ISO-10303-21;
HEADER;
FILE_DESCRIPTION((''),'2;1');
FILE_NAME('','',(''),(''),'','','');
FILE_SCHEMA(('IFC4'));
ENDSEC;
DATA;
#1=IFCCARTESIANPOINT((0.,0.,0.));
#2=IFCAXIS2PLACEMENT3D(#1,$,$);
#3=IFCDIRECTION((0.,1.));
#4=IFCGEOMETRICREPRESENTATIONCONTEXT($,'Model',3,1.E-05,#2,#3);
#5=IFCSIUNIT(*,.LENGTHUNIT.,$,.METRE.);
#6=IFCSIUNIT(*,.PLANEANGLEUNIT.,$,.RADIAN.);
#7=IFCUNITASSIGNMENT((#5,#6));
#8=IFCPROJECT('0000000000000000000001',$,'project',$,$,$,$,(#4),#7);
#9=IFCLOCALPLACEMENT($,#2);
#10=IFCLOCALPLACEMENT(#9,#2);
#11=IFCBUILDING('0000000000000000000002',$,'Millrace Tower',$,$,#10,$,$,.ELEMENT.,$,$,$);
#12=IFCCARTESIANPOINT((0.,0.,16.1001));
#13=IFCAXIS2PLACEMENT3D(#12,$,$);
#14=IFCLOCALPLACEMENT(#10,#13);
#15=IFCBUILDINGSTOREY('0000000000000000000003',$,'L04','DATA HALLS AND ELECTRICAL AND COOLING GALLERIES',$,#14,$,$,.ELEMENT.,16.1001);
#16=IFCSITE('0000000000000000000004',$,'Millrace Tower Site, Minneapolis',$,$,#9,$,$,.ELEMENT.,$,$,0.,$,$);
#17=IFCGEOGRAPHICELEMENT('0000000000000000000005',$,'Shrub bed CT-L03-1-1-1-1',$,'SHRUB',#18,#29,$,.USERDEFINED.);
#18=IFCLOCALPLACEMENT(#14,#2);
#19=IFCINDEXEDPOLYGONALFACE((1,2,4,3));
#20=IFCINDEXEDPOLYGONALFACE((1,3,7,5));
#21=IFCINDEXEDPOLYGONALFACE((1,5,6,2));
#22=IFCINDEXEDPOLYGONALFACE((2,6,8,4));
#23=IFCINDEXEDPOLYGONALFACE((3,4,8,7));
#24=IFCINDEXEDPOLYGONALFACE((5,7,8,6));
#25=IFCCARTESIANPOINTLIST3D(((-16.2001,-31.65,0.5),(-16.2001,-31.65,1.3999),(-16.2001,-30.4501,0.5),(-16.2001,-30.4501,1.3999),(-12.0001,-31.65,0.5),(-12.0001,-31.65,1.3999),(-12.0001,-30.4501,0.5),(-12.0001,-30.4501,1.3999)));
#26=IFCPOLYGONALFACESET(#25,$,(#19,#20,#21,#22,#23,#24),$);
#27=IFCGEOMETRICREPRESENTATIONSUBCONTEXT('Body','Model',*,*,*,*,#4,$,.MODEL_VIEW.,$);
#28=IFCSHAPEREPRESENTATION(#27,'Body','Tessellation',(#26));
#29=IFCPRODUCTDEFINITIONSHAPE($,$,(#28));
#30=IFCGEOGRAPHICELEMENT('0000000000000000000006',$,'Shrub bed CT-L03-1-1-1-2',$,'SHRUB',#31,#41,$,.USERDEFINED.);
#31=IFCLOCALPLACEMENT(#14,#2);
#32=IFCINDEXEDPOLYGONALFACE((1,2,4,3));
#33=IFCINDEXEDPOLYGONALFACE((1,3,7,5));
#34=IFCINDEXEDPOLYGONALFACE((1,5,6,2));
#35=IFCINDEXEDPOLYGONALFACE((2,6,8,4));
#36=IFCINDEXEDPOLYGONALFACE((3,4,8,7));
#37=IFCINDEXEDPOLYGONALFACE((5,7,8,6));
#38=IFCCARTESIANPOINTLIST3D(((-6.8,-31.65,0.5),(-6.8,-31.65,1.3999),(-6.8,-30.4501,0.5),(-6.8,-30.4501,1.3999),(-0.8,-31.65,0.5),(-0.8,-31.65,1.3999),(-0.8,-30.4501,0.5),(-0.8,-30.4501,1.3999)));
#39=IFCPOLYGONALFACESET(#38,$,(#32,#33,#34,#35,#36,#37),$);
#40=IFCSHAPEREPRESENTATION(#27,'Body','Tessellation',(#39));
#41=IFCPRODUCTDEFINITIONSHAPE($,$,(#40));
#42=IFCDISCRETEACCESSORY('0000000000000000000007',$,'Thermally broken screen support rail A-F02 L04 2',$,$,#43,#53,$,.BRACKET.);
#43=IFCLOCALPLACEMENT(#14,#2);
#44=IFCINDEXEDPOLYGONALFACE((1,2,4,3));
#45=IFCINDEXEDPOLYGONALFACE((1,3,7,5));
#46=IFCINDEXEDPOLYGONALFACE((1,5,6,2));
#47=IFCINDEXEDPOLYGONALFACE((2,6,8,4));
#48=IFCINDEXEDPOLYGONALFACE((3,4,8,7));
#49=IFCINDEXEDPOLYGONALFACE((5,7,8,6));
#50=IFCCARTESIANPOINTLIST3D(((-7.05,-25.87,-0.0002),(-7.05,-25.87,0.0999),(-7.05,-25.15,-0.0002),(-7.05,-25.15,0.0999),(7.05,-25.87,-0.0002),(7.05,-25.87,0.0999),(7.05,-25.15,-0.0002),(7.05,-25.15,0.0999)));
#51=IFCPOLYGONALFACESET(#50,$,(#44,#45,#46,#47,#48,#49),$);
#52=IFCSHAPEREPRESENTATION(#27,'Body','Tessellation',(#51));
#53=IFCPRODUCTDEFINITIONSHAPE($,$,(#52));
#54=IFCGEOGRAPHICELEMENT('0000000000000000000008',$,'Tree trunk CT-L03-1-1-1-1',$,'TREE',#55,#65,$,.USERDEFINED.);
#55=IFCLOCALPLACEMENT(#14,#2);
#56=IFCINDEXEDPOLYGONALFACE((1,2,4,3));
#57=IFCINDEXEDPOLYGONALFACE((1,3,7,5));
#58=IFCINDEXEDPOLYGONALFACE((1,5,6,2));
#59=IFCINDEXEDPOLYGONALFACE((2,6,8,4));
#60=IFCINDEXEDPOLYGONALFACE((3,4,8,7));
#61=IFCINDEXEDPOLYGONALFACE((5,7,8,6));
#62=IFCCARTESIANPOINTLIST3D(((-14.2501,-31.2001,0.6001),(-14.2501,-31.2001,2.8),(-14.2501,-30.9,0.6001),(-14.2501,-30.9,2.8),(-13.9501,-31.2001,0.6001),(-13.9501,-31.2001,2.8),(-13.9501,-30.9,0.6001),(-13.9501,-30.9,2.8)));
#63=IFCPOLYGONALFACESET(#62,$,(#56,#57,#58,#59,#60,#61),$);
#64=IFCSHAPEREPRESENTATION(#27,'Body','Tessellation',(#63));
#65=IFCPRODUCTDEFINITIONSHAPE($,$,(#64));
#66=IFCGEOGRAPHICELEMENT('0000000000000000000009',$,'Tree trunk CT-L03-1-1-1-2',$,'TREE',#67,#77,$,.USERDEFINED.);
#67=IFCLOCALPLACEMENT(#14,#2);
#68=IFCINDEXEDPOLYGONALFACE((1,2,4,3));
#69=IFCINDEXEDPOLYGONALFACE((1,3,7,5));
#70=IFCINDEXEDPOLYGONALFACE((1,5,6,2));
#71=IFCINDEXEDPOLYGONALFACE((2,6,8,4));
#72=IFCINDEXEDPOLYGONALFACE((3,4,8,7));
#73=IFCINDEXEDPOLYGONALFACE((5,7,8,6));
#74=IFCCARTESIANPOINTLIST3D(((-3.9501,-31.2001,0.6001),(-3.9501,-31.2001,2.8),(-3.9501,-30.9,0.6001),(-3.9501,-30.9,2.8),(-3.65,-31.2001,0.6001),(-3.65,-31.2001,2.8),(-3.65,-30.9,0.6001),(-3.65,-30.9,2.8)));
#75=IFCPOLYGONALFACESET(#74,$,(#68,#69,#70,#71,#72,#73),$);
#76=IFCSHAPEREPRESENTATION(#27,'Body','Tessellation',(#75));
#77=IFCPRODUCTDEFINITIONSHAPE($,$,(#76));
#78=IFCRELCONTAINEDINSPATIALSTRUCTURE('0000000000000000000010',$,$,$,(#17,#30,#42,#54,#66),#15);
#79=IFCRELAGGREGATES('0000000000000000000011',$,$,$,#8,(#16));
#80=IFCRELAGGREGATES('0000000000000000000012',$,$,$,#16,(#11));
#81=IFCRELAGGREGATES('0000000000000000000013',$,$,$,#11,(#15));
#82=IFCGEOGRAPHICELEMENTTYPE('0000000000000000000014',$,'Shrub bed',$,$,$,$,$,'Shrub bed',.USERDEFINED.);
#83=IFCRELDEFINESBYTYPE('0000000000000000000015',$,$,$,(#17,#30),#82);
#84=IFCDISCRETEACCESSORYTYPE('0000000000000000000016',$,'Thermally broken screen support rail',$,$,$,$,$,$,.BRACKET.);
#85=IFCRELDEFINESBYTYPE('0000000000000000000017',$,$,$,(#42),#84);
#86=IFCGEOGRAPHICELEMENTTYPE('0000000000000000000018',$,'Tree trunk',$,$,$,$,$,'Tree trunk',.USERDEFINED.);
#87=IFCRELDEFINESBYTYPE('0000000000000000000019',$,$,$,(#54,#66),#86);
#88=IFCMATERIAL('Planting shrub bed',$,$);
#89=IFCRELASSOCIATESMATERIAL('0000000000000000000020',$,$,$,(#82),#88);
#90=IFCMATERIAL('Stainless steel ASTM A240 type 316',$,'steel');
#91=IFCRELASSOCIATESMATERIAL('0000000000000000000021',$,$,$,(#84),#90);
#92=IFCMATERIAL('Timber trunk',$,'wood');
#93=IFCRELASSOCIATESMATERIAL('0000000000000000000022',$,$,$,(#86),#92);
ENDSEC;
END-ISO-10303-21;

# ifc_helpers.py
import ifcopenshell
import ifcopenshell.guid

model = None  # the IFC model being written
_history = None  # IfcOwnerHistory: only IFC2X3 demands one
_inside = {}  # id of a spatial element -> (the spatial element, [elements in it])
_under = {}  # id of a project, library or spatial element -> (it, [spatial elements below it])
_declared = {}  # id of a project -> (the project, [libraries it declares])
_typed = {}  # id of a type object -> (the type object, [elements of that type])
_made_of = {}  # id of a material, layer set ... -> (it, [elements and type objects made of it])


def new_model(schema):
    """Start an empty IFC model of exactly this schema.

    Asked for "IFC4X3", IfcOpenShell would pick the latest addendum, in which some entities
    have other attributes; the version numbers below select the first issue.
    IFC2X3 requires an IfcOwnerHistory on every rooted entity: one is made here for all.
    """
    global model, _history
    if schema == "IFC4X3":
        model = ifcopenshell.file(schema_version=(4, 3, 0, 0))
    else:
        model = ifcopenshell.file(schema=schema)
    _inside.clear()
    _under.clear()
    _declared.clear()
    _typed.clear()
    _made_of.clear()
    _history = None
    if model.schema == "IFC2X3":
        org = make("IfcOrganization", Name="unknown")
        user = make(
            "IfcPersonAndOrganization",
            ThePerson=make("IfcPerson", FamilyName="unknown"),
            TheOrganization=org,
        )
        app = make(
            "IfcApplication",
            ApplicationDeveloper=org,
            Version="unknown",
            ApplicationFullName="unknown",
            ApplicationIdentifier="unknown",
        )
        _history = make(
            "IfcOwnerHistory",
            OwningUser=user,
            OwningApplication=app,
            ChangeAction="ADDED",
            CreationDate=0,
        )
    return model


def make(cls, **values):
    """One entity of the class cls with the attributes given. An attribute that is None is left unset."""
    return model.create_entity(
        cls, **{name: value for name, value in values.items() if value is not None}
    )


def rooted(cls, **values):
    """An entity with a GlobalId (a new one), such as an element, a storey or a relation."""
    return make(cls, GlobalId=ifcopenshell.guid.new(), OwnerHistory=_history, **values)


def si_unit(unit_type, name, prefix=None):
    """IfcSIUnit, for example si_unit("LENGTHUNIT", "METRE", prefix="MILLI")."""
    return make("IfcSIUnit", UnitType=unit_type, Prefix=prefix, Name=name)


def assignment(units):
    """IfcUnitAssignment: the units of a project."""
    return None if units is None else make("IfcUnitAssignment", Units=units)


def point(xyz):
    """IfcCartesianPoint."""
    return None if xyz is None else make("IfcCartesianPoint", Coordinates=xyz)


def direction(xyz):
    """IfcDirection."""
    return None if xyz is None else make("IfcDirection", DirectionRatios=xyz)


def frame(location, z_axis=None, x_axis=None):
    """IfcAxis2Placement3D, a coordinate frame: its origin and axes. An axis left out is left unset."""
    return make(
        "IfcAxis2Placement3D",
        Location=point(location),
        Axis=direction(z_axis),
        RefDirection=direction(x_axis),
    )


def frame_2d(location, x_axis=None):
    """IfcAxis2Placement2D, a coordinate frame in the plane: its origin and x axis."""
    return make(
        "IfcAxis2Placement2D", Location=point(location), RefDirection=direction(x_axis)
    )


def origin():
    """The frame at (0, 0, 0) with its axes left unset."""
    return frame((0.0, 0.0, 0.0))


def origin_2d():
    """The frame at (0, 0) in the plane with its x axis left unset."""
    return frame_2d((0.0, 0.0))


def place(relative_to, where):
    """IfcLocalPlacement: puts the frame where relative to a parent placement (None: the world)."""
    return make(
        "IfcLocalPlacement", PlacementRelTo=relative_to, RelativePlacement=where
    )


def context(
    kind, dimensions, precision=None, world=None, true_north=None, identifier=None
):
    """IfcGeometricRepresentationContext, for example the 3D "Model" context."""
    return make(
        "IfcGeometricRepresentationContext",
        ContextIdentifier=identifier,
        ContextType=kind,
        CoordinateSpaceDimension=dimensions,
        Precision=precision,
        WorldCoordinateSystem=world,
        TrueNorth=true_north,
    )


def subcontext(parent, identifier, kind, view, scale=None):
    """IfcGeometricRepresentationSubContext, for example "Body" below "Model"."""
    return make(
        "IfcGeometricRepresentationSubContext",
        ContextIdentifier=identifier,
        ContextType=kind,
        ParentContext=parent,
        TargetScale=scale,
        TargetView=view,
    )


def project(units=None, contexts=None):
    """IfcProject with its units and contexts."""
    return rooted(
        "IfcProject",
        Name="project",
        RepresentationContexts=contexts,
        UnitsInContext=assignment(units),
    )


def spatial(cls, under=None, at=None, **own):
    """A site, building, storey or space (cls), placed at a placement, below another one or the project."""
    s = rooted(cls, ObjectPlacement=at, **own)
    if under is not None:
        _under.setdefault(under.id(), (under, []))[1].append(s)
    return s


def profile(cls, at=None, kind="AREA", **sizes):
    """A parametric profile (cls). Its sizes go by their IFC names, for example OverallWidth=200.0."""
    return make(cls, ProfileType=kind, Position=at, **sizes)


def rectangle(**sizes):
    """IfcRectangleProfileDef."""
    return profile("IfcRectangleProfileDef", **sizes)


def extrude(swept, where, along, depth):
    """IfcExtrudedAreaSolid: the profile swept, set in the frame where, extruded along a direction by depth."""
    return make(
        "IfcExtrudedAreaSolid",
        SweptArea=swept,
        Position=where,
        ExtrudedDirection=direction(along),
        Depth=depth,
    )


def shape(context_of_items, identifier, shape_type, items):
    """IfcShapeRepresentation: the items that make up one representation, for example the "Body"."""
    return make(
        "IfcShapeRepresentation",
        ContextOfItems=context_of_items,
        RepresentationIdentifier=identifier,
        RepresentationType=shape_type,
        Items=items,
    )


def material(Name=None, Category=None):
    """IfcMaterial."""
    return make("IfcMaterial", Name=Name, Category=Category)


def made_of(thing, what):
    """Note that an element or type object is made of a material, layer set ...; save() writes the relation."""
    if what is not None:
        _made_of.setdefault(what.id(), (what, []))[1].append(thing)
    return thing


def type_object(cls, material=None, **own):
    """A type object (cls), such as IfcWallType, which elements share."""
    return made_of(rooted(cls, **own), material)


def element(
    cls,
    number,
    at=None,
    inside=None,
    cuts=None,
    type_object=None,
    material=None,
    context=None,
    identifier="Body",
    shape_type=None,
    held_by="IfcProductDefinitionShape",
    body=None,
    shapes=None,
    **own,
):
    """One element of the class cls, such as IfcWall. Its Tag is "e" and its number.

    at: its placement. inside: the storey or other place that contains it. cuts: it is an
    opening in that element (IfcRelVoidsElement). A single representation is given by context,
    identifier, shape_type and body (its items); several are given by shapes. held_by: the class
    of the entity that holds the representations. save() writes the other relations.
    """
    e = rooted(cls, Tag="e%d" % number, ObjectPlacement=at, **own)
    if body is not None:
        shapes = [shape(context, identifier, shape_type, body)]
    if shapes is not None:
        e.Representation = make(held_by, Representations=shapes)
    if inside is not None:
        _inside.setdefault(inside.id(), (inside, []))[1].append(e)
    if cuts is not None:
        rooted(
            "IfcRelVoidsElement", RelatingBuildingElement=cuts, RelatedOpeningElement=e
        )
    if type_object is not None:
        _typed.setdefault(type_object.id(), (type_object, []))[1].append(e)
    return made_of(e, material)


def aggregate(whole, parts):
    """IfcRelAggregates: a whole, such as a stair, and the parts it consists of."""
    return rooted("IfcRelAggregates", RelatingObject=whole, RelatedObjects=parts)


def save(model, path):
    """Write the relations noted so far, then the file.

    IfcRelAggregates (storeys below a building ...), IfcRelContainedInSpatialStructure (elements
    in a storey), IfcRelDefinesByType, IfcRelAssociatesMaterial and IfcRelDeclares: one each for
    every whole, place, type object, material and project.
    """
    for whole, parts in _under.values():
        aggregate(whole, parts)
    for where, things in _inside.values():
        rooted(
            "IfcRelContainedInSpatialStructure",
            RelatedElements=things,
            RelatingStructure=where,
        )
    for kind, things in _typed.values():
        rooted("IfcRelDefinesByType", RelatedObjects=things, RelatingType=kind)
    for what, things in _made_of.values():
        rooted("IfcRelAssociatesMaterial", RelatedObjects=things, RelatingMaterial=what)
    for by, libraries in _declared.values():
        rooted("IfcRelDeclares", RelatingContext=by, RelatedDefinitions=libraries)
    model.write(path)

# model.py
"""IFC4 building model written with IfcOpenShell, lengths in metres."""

from ifc_helpers import new_model, si_unit, direction, frame, origin, origin_2d, place, context, subcontext, project, spatial, rectangle, extrude, material, type_object, element, save


model = new_model("IFC4")

# Units and contexts
model_context = context("Model", 3, precision=1e-05, world=origin(), true_north=direction((0.0, 1.0)))
body_context = subcontext(model_context, "Body", "Model", "MODEL_VIEW")
ifc_project = project(units=[si_unit("LENGTHUNIT", "METRE"), si_unit("PLANEANGLEUNIT", "RADIAN")], contexts=[model_context])

# Site, building, storey
site_placement = place(None, origin())
site = spatial("IfcSite", under=ifc_project, at=site_placement, Name="Millrace Tower Site, Minneapolis", CompositionType="ELEMENT", RefElevation=0.0)
building_placement = place(site_placement, origin())
building = spatial("IfcBuilding", under=site, at=building_placement, Name="Millrace Tower", CompositionType="ELEMENT")
storey_placement = place(building_placement, frame((0.0, 0.0, 16.1001)))
storey = spatial("IfcBuildingStorey", under=building, at=storey_placement, Name="L04", Description="DATA HALLS AND ELECTRICAL AND COOLING GALLERIES", CompositionType="ELEMENT", Elevation=16.1001)

# Geographic elements
ifc_material_1 = material(Name="Planting shrub bed")
geographic_element_type_1 = type_object("IfcGeographicElementType", Name="Shrub bed", ElementType="Shrub bed", PredefinedType="USERDEFINED", material=ifc_material_1)
geographic_element_1_placement = place(storey_placement, frame((-14.1001, -31.05, 0.5), z_axis=(0.0, 0.0, 1.0), x_axis=(1.0, 0.0, 0.0)))
element("IfcGeographicElement", 1, at=geographic_element_1_placement, inside=storey, type_object=geographic_element_type_1, Name="Shrub bed CT-L03-1-1-1-1", ObjectType="SHRUB", PredefinedType="USERDEFINED", context=body_context, shape_type="SweptSolid", body=[
    extrude(rectangle(XDim=4.2, YDim=1.2, at=origin_2d()), origin(), (0.0, 0.0, 1.0), 0.8999),
])
geographic_element_2_placement = place(storey_placement, frame((-3.8, -31.05, 0.5), z_axis=(0.0, 0.0, 1.0), x_axis=(1.0, 0.0, 0.0)))
element("IfcGeographicElement", 2, at=geographic_element_2_placement, inside=storey, type_object=geographic_element_type_1, Name="Shrub bed CT-L03-1-1-1-2", ObjectType="SHRUB", PredefinedType="USERDEFINED", context=body_context, shape_type="SweptSolid", body=[
    extrude(rectangle(XDim=6.0, YDim=1.2, at=origin_2d()), origin(), (0.0, 0.0, 1.0), 0.8999),
])

# Discrete accessory
ifc_material_2 = material(Name="Stainless steel ASTM A240 type 316", Category="steel")
discrete_accessory_type = type_object("IfcDiscreteAccessoryType", Name="Thermally broken screen support rail", PredefinedType="BRACKET", material=ifc_material_2)
discrete_accessory_placement = place(storey_placement, frame((0.0, -25.51, -0.0002), z_axis=(0.0, 0.0, 1.0), x_axis=(1.0, 0.0, 0.0)))
element("IfcDiscreteAccessory", 3, at=discrete_accessory_placement, inside=storey, type_object=discrete_accessory_type, Name="Thermally broken screen support rail A-F02 L04 2", PredefinedType="BRACKET", context=body_context, shape_type="SweptSolid", body=[
    extrude(rectangle(XDim=14.1001, YDim=0.72, at=origin_2d()), origin(), (0.0, 0.0, 1.0), 0.1001),
])

# Geographic elements
ifc_material_3 = material(Name="Timber trunk", Category="wood")
geographic_element_type_2 = type_object("IfcGeographicElementType", Name="Tree trunk", ElementType="Tree trunk", PredefinedType="USERDEFINED", material=ifc_material_3)
for number, where, z_axis, x_axis, name in (
    (4, (-14.1001, -31.05, 0.6001), (0.0, 0.0, 1.0), (1.0, 0.0, 0.0), "Tree trunk CT-L03-1-1-1-1"),
    (5, (-3.8, -31.05, 0.6001), (0.0, 0.0, 1.0), (1.0, 0.0, 0.0), "Tree trunk CT-L03-1-1-1-2"),
):
    element("IfcGeographicElement", number, at=place(storey_placement, frame(where, z_axis=z_axis, x_axis=x_axis)), inside=storey, type_object=geographic_element_type_2, Name=name, ObjectType="TREE", PredefinedType="USERDEFINED", context=body_context, shape_type="SweptSolid", body=[
        extrude(rectangle(XDim=0.3, YDim=0.3, at=origin_2d()), origin(), (0.0, 0.0, 1.0), 2.2),
    ])

save(model, "model.ifc")
